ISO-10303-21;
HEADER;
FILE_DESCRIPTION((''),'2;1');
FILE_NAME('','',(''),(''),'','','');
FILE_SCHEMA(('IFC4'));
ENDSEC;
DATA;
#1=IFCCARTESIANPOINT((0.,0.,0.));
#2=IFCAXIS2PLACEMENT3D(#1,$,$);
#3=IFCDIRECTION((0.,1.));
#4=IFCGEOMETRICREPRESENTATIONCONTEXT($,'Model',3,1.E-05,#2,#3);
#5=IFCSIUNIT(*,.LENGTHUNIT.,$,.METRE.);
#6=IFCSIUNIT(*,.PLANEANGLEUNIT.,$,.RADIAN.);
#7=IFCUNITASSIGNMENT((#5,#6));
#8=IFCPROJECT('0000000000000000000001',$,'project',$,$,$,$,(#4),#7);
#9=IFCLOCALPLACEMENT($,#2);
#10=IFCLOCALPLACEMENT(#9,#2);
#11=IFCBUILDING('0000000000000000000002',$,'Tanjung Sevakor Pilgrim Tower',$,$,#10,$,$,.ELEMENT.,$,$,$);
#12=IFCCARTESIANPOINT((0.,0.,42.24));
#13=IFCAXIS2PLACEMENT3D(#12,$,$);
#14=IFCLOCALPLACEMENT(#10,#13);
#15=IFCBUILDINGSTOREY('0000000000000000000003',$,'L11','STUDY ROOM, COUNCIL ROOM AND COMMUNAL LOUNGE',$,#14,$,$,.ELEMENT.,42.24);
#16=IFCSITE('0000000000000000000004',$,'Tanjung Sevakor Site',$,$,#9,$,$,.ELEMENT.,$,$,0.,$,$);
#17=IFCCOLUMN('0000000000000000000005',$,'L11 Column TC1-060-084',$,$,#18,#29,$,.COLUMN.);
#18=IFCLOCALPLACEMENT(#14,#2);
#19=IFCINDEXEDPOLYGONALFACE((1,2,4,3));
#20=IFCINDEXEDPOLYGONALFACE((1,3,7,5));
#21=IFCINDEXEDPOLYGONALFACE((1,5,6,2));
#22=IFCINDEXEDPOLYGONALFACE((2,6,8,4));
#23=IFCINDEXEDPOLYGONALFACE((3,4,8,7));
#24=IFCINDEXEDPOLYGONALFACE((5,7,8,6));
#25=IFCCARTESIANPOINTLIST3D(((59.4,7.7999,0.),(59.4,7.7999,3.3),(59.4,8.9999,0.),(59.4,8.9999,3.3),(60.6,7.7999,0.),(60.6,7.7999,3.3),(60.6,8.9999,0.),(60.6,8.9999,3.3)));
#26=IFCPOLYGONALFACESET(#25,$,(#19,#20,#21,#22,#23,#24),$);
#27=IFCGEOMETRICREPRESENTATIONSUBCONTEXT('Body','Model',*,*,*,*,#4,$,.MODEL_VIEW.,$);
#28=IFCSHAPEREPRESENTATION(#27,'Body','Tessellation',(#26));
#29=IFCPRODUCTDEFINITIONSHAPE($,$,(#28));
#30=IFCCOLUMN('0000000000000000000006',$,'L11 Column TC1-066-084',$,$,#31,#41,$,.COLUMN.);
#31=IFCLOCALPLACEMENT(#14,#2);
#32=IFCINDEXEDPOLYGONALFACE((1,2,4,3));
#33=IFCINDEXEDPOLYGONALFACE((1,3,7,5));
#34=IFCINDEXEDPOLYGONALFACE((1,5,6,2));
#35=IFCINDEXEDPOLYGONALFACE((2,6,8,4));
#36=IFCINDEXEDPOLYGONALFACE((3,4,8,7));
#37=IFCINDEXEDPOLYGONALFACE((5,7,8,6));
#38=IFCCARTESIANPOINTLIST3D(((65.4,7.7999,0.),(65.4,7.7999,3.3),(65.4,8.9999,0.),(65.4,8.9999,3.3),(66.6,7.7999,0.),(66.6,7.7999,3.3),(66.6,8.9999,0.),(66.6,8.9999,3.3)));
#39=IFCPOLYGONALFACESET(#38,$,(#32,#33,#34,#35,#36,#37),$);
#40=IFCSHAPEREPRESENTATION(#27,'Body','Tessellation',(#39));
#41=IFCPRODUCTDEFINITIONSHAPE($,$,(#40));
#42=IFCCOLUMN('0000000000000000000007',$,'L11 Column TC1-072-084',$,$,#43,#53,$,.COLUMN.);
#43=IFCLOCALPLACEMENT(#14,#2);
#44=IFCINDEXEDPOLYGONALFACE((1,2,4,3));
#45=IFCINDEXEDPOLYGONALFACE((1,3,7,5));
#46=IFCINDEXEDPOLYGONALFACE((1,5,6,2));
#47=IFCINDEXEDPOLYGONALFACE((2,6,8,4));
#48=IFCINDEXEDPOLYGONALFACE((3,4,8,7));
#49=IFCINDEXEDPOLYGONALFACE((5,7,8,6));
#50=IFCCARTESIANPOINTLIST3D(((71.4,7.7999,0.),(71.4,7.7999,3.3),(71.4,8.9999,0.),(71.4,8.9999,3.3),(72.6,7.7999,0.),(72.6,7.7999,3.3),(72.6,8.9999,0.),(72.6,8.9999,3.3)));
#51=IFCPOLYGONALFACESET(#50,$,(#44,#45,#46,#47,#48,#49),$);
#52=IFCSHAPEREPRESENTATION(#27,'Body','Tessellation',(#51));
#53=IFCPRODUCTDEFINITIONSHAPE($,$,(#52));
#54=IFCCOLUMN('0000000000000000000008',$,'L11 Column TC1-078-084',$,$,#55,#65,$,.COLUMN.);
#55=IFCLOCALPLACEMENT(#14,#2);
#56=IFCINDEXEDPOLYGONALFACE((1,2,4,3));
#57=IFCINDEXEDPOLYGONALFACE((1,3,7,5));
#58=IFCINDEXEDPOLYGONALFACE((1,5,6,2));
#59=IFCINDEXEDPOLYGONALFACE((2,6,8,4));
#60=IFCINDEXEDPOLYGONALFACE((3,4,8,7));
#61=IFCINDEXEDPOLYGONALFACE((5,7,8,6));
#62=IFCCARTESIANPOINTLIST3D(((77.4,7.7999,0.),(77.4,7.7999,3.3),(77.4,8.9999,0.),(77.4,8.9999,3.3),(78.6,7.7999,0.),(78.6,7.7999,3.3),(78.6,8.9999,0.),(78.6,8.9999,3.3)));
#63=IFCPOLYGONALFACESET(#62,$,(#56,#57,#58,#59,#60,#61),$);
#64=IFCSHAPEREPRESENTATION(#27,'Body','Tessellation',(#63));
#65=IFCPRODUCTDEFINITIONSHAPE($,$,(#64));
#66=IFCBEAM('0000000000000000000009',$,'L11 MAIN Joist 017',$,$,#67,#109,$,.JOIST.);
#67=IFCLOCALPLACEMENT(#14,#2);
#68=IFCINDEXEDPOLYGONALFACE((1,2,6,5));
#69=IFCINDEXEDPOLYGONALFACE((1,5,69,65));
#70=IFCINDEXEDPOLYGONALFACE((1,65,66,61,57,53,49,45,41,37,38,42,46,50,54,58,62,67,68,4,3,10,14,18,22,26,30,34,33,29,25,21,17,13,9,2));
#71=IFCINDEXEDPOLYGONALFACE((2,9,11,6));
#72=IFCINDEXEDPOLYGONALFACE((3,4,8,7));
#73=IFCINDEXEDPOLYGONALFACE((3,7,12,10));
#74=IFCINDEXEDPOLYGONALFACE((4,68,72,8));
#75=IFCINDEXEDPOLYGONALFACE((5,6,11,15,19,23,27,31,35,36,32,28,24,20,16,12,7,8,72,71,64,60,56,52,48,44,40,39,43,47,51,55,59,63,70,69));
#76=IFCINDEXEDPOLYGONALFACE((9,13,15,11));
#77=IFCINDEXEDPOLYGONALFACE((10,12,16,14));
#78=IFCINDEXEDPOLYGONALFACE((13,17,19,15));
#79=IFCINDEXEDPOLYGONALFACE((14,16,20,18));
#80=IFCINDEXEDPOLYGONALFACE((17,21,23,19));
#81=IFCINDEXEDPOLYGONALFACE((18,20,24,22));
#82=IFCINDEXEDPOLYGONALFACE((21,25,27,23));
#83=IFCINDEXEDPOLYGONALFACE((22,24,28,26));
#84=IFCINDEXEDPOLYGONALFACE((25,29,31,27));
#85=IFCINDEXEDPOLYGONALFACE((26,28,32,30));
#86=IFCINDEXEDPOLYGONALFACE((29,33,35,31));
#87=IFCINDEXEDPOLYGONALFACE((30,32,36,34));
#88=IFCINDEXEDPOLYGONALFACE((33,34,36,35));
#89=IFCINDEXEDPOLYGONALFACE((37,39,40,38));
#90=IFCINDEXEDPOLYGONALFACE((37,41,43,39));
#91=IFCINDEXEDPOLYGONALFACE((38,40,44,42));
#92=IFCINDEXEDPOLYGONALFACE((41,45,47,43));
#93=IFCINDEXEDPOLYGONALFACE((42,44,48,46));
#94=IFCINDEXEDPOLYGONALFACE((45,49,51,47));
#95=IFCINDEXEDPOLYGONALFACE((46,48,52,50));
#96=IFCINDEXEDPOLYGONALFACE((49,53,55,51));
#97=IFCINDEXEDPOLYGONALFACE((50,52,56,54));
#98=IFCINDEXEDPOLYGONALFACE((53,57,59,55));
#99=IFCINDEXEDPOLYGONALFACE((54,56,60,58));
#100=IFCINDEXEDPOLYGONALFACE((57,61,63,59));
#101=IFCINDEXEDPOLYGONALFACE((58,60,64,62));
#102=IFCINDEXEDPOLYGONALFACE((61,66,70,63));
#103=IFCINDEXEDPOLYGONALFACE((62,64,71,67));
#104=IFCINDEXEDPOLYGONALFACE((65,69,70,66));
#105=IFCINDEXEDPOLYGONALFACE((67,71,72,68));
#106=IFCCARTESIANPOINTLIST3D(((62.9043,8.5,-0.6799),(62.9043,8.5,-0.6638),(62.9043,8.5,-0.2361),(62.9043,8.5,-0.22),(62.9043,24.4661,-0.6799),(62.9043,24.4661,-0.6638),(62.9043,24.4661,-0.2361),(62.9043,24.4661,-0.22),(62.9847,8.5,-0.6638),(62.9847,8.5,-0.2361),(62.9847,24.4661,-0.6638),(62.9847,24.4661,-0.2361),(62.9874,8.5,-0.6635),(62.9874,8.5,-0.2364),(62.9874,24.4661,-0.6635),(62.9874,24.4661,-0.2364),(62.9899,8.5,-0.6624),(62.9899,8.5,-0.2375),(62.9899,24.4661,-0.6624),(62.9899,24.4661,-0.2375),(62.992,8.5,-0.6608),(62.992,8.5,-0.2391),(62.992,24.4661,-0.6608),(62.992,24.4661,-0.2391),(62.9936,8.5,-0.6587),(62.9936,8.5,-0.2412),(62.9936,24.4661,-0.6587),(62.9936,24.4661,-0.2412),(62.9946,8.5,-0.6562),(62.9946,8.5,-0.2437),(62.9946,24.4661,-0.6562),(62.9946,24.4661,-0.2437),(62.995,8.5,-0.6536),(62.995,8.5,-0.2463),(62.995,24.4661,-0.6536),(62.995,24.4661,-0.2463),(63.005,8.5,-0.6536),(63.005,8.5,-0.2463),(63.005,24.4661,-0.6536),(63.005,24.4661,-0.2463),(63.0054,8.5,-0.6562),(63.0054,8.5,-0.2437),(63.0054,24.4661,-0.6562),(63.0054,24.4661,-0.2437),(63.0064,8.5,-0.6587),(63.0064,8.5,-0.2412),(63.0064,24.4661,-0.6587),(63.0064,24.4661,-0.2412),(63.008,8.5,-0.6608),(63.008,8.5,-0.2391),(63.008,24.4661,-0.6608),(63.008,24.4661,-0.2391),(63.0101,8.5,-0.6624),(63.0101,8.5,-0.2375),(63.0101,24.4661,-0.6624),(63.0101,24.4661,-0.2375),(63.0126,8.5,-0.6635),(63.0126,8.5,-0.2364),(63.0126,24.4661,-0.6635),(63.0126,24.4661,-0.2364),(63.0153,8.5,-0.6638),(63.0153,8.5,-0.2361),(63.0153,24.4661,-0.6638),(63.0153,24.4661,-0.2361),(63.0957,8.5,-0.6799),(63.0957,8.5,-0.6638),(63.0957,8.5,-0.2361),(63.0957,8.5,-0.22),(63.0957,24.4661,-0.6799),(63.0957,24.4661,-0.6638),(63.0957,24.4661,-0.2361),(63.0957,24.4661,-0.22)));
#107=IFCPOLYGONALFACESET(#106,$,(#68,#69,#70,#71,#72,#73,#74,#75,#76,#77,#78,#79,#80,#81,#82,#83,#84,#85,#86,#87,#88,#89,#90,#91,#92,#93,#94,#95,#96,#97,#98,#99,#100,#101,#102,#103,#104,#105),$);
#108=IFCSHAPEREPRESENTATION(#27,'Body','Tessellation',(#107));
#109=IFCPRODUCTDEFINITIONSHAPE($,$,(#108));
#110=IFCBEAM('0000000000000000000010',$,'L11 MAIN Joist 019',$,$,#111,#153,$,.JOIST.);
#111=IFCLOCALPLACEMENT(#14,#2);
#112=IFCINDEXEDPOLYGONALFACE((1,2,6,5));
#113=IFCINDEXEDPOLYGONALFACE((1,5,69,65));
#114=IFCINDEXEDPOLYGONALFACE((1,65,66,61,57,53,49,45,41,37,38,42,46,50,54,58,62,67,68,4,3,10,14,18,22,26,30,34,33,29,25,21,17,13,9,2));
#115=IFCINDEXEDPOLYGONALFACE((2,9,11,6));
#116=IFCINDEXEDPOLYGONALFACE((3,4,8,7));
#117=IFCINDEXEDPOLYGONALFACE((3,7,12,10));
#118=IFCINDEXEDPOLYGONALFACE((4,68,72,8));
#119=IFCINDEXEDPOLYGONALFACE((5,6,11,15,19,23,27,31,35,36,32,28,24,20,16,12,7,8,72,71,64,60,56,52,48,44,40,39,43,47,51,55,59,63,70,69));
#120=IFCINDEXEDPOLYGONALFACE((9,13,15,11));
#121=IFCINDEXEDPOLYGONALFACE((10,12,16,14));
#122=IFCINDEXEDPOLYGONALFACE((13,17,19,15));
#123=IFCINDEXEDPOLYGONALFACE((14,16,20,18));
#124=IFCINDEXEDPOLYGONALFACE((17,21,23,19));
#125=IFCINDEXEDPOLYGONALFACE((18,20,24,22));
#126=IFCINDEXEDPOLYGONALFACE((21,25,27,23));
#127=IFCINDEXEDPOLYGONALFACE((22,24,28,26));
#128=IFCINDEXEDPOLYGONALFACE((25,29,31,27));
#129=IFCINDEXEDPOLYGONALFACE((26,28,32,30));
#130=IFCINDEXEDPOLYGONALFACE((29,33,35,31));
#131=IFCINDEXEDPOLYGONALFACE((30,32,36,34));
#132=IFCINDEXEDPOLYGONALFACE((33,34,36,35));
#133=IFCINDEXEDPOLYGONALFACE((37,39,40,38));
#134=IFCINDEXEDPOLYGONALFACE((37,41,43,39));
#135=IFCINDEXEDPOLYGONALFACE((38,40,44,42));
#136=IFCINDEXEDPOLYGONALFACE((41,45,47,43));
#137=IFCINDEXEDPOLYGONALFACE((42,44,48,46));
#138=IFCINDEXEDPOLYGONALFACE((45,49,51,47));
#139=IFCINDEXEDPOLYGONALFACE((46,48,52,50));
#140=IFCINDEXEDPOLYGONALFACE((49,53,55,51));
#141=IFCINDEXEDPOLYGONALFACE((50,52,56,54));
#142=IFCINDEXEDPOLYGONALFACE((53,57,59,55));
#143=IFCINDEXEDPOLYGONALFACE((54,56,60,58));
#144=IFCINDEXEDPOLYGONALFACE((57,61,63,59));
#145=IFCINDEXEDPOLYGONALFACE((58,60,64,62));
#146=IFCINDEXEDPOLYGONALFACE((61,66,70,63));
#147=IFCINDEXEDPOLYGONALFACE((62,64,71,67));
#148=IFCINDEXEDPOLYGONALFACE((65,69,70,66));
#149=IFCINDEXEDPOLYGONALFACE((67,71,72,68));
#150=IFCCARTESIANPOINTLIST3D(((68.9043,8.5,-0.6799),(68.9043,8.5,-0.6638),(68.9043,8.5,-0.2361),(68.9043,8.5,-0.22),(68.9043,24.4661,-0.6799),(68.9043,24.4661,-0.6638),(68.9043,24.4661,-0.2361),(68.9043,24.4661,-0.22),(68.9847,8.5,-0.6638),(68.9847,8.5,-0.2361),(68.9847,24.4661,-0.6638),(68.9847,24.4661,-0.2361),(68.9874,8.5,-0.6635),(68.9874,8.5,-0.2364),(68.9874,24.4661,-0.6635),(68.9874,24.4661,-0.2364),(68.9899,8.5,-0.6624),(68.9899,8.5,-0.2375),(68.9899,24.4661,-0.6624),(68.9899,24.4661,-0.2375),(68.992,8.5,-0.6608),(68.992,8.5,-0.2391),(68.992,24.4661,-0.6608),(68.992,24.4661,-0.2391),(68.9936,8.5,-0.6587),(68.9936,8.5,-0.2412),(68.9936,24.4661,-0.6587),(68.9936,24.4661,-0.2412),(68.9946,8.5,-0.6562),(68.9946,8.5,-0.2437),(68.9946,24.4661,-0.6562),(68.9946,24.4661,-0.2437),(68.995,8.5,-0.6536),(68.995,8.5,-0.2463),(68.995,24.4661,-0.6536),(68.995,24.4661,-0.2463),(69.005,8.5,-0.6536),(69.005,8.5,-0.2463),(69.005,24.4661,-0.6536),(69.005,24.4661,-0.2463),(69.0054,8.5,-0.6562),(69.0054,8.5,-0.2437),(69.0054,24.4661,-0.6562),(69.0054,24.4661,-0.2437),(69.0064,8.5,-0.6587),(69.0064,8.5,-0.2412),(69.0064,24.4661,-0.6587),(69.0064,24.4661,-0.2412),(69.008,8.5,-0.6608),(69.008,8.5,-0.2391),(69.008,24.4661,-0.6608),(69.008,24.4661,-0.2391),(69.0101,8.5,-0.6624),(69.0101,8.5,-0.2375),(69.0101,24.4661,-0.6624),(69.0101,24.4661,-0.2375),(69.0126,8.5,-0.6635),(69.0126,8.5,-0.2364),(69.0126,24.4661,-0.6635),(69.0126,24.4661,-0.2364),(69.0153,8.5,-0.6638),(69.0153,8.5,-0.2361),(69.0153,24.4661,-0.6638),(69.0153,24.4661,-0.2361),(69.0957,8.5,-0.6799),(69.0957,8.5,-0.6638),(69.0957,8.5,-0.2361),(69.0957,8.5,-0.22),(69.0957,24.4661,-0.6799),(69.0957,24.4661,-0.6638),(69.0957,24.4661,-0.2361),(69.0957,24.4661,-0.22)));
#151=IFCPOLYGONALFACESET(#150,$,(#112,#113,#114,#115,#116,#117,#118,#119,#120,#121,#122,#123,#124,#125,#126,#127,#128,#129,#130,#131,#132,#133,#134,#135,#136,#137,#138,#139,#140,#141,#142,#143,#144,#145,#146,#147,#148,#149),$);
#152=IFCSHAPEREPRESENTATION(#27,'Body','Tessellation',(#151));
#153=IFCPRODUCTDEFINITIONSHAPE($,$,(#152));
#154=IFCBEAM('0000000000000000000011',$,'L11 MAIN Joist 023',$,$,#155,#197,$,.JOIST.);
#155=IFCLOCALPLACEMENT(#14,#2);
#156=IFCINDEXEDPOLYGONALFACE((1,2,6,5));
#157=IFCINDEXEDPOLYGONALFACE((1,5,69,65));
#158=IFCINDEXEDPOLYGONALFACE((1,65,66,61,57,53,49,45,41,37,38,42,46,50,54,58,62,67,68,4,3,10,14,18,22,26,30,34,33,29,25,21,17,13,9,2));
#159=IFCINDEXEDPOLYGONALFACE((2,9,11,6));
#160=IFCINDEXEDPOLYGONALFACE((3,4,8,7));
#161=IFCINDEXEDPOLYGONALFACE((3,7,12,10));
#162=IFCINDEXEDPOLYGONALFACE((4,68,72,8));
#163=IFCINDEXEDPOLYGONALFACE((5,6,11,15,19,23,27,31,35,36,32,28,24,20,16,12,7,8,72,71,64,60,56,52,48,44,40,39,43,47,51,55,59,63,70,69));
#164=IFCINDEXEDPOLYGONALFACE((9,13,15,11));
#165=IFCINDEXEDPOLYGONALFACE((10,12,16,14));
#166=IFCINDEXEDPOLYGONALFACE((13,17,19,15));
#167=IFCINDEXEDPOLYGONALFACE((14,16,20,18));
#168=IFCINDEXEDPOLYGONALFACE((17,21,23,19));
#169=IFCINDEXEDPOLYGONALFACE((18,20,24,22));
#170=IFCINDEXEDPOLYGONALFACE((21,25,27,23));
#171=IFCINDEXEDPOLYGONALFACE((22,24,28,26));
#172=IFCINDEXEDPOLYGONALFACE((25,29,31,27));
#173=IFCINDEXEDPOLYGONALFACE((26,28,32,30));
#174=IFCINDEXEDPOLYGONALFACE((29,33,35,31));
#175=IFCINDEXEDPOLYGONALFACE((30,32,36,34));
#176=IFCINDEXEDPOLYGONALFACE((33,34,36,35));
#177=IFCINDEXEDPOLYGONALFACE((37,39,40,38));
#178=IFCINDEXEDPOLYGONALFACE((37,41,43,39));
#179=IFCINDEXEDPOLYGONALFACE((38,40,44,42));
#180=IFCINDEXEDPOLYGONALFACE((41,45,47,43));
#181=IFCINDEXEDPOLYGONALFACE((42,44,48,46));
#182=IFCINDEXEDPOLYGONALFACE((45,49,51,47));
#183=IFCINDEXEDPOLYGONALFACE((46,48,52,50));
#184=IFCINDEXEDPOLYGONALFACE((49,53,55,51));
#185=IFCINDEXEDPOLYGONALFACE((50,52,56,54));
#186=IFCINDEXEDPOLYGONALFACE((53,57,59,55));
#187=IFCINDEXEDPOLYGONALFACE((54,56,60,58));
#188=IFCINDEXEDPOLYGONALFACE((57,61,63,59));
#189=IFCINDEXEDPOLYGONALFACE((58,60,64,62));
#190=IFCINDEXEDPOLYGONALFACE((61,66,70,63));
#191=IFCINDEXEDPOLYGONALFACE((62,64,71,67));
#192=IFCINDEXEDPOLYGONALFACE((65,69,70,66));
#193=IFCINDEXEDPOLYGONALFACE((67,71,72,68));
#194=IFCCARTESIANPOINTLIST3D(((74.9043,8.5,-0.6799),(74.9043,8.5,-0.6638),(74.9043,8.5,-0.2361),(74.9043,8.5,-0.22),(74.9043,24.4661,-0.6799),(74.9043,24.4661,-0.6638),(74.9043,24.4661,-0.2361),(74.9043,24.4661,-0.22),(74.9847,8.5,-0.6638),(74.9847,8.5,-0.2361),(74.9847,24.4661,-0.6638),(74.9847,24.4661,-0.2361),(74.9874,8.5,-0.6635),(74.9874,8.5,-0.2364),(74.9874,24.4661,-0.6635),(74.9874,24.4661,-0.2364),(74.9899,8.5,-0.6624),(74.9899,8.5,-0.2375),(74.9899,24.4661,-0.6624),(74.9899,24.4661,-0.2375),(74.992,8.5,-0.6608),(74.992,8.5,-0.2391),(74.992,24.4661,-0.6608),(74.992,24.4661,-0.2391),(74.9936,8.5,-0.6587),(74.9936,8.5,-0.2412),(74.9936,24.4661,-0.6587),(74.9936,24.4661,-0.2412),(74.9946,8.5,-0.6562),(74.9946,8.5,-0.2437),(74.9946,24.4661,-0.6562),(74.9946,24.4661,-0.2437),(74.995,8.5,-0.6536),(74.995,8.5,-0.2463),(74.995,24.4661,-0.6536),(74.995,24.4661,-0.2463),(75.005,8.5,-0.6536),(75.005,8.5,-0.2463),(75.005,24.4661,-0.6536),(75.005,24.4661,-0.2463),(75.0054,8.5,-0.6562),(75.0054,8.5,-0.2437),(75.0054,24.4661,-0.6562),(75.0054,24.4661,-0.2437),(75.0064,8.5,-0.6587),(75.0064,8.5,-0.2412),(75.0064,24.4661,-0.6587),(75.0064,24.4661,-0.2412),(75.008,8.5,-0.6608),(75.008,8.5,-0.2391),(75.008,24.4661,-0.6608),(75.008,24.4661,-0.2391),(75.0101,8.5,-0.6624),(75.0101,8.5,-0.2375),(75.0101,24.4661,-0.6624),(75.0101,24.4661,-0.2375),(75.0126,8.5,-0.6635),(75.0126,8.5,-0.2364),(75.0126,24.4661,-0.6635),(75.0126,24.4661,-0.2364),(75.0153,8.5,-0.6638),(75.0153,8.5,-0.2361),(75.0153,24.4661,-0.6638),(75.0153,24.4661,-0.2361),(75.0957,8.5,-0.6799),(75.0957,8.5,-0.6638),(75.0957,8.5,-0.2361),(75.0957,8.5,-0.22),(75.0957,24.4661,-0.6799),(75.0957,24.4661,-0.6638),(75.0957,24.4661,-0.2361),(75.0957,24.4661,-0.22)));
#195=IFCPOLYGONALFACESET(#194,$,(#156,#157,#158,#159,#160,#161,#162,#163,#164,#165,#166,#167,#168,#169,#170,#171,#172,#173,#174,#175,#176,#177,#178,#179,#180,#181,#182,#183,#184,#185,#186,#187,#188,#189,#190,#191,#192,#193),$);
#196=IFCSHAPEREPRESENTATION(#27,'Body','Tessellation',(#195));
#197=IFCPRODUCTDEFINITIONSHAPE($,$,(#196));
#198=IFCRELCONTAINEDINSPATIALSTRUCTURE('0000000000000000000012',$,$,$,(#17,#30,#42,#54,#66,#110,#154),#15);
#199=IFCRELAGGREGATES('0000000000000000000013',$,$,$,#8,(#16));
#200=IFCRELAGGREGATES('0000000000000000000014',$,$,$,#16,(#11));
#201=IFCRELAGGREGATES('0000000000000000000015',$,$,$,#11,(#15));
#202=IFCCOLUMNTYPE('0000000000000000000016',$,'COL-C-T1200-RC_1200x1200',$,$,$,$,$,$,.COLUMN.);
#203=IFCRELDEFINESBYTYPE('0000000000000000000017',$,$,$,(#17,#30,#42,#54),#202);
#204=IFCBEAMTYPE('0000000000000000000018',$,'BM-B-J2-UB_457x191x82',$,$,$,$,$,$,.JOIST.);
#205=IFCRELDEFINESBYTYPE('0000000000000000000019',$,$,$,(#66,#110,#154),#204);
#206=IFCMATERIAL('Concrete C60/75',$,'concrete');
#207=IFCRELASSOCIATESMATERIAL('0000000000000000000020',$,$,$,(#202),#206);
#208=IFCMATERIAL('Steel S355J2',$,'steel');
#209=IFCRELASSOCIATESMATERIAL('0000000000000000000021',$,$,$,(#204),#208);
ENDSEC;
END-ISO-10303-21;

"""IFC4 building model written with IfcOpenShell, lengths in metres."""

from ifc_helpers import new_model, si_unit, direction, frame, origin, origin_2d, place, context, subcontext, project, spatial, rectangle, i_section, extrude, material, material_profile, profile_set, type_object, element, save


model = new_model("IFC4")

# Units and contexts
model_context = context("Model", 3, precision=1e-05, world=origin(), true_north=direction((0.0, 1.0)))
body_context = subcontext(model_context, "Body", "Model", "MODEL_VIEW")
ifc_project = project(units=[si_unit("LENGTHUNIT", "METRE"), si_unit("PLANEANGLEUNIT", "RADIAN")], contexts=[model_context])

# Site, building, storey
site_placement = place(None, origin())
site = spatial("IfcSite", under=ifc_project, at=site_placement, Name="Tanjung Sevakor Site", CompositionType="ELEMENT", RefElevation=0.0)
building_placement = place(site_placement, origin())
building = spatial("IfcBuilding", under=site, at=building_placement, Name="Tanjung Sevakor Pilgrim Tower", CompositionType="ELEMENT")
storey_placement = place(building_placement, frame((0.0, 0.0, 42.24)))
storey = spatial("IfcBuildingStorey", under=building, at=storey_placement, Name="L11", Description="STUDY ROOM, COUNCIL ROOM AND COMMUNAL LOUNGE", CompositionType="ELEMENT", Elevation=42.24)

# Columns
ifc_material_1 = material(Name="Concrete C60/75", Category="concrete")
ifc_material_profile_1 = material_profile(ifc_material_1, rectangle(XDim=1.2, YDim=1.2, at=origin_2d()))
ifc_profile_set_1 = profile_set([ifc_material_profile_1], Name="Concrete C60/75")
column_type = type_object("IfcColumnType", Name="COL-C-T1200-RC_1200x1200", PredefinedType="COLUMN", material=ifc_profile_set_1)
for number, where, z_axis, x_axis, name in (
    (1, (60.0, 8.3999, 0.0), (0.0, 0.0, 1.0), (1.0, 0.0, 0.0), "L11 Column TC1-060-084"),
    (2, (66.0, 8.3999, 0.0), (0.0, 0.0, 1.0), (1.0, 0.0, 0.0), "L11 Column TC1-066-084"),
    (3, (72.0, 8.3999, 0.0), (0.0, 0.0, 1.0), (1.0, 0.0, 0.0), "L11 Column TC1-072-084"),
    (4, (78.0, 8.3999, 0.0), (0.0, 0.0, 1.0), (1.0, 0.0, 0.0), "L11 Column TC1-078-084"),
):
    element("IfcColumn", number, at=place(storey_placement, frame(where, z_axis=z_axis, x_axis=x_axis)), inside=storey, type_object=column_type, Name=name, PredefinedType="COLUMN", context=body_context, shape_type="SweptSolid", body=[
        extrude(rectangle(XDim=1.2, YDim=1.2, at=origin_2d()), origin(), (0.0, 0.0, 1.0), 3.3),
    ])

# Beams
ifc_material_2 = material(Name="Steel S355J2", Category="steel")
ifc_material_profile_2 = material_profile(ifc_material_2, i_section(OverallWidth=0.1914, OverallDepth=0.46, WebThickness=0.01, FlangeThickness=0.0161, FilletRadius=0.0103, at=origin_2d()))
ifc_profile_set_2 = profile_set([ifc_material_profile_2], Name="Steel S355J2")
beam_type_1 = type_object("IfcBeamType", Name="BM-B-J2-UB_457x191x82", PredefinedType="JOIST", material=ifc_profile_set_2)
for number, where, z_axis, x_axis, name in (
    (5, (63.0, 8.5, -0.45), (0.0, 1.0, 0.0), (-1.0, 0.0, 0.0), "L11 MAIN Joist 017"),
    (6, (69.0, 8.5, -0.45), (0.0, 1.0, 0.0), (-1.0, 0.0, 0.0), "L11 MAIN Joist 019"),
    (7, (75.0, 8.5, -0.45), (0.0, 1.0, 0.0), (-1.0, 0.0, 0.0), "L11 MAIN Joist 023"),
):
    element("IfcBeam", number, at=place(storey_placement, frame(where, z_axis=z_axis, x_axis=x_axis)), inside=storey, type_object=beam_type_1, Name=name, PredefinedType="JOIST", context=body_context, shape_type="SweptSolid", body=[
        extrude(i_section(OverallWidth=0.1914, OverallDepth=0.46, WebThickness=0.01, FlangeThickness=0.0161, FilletRadius=0.0103, at=origin_2d()), origin(), (0.0, 0.0, 1.0), 15.9661),
    ])

save(model, "model.ifc")
